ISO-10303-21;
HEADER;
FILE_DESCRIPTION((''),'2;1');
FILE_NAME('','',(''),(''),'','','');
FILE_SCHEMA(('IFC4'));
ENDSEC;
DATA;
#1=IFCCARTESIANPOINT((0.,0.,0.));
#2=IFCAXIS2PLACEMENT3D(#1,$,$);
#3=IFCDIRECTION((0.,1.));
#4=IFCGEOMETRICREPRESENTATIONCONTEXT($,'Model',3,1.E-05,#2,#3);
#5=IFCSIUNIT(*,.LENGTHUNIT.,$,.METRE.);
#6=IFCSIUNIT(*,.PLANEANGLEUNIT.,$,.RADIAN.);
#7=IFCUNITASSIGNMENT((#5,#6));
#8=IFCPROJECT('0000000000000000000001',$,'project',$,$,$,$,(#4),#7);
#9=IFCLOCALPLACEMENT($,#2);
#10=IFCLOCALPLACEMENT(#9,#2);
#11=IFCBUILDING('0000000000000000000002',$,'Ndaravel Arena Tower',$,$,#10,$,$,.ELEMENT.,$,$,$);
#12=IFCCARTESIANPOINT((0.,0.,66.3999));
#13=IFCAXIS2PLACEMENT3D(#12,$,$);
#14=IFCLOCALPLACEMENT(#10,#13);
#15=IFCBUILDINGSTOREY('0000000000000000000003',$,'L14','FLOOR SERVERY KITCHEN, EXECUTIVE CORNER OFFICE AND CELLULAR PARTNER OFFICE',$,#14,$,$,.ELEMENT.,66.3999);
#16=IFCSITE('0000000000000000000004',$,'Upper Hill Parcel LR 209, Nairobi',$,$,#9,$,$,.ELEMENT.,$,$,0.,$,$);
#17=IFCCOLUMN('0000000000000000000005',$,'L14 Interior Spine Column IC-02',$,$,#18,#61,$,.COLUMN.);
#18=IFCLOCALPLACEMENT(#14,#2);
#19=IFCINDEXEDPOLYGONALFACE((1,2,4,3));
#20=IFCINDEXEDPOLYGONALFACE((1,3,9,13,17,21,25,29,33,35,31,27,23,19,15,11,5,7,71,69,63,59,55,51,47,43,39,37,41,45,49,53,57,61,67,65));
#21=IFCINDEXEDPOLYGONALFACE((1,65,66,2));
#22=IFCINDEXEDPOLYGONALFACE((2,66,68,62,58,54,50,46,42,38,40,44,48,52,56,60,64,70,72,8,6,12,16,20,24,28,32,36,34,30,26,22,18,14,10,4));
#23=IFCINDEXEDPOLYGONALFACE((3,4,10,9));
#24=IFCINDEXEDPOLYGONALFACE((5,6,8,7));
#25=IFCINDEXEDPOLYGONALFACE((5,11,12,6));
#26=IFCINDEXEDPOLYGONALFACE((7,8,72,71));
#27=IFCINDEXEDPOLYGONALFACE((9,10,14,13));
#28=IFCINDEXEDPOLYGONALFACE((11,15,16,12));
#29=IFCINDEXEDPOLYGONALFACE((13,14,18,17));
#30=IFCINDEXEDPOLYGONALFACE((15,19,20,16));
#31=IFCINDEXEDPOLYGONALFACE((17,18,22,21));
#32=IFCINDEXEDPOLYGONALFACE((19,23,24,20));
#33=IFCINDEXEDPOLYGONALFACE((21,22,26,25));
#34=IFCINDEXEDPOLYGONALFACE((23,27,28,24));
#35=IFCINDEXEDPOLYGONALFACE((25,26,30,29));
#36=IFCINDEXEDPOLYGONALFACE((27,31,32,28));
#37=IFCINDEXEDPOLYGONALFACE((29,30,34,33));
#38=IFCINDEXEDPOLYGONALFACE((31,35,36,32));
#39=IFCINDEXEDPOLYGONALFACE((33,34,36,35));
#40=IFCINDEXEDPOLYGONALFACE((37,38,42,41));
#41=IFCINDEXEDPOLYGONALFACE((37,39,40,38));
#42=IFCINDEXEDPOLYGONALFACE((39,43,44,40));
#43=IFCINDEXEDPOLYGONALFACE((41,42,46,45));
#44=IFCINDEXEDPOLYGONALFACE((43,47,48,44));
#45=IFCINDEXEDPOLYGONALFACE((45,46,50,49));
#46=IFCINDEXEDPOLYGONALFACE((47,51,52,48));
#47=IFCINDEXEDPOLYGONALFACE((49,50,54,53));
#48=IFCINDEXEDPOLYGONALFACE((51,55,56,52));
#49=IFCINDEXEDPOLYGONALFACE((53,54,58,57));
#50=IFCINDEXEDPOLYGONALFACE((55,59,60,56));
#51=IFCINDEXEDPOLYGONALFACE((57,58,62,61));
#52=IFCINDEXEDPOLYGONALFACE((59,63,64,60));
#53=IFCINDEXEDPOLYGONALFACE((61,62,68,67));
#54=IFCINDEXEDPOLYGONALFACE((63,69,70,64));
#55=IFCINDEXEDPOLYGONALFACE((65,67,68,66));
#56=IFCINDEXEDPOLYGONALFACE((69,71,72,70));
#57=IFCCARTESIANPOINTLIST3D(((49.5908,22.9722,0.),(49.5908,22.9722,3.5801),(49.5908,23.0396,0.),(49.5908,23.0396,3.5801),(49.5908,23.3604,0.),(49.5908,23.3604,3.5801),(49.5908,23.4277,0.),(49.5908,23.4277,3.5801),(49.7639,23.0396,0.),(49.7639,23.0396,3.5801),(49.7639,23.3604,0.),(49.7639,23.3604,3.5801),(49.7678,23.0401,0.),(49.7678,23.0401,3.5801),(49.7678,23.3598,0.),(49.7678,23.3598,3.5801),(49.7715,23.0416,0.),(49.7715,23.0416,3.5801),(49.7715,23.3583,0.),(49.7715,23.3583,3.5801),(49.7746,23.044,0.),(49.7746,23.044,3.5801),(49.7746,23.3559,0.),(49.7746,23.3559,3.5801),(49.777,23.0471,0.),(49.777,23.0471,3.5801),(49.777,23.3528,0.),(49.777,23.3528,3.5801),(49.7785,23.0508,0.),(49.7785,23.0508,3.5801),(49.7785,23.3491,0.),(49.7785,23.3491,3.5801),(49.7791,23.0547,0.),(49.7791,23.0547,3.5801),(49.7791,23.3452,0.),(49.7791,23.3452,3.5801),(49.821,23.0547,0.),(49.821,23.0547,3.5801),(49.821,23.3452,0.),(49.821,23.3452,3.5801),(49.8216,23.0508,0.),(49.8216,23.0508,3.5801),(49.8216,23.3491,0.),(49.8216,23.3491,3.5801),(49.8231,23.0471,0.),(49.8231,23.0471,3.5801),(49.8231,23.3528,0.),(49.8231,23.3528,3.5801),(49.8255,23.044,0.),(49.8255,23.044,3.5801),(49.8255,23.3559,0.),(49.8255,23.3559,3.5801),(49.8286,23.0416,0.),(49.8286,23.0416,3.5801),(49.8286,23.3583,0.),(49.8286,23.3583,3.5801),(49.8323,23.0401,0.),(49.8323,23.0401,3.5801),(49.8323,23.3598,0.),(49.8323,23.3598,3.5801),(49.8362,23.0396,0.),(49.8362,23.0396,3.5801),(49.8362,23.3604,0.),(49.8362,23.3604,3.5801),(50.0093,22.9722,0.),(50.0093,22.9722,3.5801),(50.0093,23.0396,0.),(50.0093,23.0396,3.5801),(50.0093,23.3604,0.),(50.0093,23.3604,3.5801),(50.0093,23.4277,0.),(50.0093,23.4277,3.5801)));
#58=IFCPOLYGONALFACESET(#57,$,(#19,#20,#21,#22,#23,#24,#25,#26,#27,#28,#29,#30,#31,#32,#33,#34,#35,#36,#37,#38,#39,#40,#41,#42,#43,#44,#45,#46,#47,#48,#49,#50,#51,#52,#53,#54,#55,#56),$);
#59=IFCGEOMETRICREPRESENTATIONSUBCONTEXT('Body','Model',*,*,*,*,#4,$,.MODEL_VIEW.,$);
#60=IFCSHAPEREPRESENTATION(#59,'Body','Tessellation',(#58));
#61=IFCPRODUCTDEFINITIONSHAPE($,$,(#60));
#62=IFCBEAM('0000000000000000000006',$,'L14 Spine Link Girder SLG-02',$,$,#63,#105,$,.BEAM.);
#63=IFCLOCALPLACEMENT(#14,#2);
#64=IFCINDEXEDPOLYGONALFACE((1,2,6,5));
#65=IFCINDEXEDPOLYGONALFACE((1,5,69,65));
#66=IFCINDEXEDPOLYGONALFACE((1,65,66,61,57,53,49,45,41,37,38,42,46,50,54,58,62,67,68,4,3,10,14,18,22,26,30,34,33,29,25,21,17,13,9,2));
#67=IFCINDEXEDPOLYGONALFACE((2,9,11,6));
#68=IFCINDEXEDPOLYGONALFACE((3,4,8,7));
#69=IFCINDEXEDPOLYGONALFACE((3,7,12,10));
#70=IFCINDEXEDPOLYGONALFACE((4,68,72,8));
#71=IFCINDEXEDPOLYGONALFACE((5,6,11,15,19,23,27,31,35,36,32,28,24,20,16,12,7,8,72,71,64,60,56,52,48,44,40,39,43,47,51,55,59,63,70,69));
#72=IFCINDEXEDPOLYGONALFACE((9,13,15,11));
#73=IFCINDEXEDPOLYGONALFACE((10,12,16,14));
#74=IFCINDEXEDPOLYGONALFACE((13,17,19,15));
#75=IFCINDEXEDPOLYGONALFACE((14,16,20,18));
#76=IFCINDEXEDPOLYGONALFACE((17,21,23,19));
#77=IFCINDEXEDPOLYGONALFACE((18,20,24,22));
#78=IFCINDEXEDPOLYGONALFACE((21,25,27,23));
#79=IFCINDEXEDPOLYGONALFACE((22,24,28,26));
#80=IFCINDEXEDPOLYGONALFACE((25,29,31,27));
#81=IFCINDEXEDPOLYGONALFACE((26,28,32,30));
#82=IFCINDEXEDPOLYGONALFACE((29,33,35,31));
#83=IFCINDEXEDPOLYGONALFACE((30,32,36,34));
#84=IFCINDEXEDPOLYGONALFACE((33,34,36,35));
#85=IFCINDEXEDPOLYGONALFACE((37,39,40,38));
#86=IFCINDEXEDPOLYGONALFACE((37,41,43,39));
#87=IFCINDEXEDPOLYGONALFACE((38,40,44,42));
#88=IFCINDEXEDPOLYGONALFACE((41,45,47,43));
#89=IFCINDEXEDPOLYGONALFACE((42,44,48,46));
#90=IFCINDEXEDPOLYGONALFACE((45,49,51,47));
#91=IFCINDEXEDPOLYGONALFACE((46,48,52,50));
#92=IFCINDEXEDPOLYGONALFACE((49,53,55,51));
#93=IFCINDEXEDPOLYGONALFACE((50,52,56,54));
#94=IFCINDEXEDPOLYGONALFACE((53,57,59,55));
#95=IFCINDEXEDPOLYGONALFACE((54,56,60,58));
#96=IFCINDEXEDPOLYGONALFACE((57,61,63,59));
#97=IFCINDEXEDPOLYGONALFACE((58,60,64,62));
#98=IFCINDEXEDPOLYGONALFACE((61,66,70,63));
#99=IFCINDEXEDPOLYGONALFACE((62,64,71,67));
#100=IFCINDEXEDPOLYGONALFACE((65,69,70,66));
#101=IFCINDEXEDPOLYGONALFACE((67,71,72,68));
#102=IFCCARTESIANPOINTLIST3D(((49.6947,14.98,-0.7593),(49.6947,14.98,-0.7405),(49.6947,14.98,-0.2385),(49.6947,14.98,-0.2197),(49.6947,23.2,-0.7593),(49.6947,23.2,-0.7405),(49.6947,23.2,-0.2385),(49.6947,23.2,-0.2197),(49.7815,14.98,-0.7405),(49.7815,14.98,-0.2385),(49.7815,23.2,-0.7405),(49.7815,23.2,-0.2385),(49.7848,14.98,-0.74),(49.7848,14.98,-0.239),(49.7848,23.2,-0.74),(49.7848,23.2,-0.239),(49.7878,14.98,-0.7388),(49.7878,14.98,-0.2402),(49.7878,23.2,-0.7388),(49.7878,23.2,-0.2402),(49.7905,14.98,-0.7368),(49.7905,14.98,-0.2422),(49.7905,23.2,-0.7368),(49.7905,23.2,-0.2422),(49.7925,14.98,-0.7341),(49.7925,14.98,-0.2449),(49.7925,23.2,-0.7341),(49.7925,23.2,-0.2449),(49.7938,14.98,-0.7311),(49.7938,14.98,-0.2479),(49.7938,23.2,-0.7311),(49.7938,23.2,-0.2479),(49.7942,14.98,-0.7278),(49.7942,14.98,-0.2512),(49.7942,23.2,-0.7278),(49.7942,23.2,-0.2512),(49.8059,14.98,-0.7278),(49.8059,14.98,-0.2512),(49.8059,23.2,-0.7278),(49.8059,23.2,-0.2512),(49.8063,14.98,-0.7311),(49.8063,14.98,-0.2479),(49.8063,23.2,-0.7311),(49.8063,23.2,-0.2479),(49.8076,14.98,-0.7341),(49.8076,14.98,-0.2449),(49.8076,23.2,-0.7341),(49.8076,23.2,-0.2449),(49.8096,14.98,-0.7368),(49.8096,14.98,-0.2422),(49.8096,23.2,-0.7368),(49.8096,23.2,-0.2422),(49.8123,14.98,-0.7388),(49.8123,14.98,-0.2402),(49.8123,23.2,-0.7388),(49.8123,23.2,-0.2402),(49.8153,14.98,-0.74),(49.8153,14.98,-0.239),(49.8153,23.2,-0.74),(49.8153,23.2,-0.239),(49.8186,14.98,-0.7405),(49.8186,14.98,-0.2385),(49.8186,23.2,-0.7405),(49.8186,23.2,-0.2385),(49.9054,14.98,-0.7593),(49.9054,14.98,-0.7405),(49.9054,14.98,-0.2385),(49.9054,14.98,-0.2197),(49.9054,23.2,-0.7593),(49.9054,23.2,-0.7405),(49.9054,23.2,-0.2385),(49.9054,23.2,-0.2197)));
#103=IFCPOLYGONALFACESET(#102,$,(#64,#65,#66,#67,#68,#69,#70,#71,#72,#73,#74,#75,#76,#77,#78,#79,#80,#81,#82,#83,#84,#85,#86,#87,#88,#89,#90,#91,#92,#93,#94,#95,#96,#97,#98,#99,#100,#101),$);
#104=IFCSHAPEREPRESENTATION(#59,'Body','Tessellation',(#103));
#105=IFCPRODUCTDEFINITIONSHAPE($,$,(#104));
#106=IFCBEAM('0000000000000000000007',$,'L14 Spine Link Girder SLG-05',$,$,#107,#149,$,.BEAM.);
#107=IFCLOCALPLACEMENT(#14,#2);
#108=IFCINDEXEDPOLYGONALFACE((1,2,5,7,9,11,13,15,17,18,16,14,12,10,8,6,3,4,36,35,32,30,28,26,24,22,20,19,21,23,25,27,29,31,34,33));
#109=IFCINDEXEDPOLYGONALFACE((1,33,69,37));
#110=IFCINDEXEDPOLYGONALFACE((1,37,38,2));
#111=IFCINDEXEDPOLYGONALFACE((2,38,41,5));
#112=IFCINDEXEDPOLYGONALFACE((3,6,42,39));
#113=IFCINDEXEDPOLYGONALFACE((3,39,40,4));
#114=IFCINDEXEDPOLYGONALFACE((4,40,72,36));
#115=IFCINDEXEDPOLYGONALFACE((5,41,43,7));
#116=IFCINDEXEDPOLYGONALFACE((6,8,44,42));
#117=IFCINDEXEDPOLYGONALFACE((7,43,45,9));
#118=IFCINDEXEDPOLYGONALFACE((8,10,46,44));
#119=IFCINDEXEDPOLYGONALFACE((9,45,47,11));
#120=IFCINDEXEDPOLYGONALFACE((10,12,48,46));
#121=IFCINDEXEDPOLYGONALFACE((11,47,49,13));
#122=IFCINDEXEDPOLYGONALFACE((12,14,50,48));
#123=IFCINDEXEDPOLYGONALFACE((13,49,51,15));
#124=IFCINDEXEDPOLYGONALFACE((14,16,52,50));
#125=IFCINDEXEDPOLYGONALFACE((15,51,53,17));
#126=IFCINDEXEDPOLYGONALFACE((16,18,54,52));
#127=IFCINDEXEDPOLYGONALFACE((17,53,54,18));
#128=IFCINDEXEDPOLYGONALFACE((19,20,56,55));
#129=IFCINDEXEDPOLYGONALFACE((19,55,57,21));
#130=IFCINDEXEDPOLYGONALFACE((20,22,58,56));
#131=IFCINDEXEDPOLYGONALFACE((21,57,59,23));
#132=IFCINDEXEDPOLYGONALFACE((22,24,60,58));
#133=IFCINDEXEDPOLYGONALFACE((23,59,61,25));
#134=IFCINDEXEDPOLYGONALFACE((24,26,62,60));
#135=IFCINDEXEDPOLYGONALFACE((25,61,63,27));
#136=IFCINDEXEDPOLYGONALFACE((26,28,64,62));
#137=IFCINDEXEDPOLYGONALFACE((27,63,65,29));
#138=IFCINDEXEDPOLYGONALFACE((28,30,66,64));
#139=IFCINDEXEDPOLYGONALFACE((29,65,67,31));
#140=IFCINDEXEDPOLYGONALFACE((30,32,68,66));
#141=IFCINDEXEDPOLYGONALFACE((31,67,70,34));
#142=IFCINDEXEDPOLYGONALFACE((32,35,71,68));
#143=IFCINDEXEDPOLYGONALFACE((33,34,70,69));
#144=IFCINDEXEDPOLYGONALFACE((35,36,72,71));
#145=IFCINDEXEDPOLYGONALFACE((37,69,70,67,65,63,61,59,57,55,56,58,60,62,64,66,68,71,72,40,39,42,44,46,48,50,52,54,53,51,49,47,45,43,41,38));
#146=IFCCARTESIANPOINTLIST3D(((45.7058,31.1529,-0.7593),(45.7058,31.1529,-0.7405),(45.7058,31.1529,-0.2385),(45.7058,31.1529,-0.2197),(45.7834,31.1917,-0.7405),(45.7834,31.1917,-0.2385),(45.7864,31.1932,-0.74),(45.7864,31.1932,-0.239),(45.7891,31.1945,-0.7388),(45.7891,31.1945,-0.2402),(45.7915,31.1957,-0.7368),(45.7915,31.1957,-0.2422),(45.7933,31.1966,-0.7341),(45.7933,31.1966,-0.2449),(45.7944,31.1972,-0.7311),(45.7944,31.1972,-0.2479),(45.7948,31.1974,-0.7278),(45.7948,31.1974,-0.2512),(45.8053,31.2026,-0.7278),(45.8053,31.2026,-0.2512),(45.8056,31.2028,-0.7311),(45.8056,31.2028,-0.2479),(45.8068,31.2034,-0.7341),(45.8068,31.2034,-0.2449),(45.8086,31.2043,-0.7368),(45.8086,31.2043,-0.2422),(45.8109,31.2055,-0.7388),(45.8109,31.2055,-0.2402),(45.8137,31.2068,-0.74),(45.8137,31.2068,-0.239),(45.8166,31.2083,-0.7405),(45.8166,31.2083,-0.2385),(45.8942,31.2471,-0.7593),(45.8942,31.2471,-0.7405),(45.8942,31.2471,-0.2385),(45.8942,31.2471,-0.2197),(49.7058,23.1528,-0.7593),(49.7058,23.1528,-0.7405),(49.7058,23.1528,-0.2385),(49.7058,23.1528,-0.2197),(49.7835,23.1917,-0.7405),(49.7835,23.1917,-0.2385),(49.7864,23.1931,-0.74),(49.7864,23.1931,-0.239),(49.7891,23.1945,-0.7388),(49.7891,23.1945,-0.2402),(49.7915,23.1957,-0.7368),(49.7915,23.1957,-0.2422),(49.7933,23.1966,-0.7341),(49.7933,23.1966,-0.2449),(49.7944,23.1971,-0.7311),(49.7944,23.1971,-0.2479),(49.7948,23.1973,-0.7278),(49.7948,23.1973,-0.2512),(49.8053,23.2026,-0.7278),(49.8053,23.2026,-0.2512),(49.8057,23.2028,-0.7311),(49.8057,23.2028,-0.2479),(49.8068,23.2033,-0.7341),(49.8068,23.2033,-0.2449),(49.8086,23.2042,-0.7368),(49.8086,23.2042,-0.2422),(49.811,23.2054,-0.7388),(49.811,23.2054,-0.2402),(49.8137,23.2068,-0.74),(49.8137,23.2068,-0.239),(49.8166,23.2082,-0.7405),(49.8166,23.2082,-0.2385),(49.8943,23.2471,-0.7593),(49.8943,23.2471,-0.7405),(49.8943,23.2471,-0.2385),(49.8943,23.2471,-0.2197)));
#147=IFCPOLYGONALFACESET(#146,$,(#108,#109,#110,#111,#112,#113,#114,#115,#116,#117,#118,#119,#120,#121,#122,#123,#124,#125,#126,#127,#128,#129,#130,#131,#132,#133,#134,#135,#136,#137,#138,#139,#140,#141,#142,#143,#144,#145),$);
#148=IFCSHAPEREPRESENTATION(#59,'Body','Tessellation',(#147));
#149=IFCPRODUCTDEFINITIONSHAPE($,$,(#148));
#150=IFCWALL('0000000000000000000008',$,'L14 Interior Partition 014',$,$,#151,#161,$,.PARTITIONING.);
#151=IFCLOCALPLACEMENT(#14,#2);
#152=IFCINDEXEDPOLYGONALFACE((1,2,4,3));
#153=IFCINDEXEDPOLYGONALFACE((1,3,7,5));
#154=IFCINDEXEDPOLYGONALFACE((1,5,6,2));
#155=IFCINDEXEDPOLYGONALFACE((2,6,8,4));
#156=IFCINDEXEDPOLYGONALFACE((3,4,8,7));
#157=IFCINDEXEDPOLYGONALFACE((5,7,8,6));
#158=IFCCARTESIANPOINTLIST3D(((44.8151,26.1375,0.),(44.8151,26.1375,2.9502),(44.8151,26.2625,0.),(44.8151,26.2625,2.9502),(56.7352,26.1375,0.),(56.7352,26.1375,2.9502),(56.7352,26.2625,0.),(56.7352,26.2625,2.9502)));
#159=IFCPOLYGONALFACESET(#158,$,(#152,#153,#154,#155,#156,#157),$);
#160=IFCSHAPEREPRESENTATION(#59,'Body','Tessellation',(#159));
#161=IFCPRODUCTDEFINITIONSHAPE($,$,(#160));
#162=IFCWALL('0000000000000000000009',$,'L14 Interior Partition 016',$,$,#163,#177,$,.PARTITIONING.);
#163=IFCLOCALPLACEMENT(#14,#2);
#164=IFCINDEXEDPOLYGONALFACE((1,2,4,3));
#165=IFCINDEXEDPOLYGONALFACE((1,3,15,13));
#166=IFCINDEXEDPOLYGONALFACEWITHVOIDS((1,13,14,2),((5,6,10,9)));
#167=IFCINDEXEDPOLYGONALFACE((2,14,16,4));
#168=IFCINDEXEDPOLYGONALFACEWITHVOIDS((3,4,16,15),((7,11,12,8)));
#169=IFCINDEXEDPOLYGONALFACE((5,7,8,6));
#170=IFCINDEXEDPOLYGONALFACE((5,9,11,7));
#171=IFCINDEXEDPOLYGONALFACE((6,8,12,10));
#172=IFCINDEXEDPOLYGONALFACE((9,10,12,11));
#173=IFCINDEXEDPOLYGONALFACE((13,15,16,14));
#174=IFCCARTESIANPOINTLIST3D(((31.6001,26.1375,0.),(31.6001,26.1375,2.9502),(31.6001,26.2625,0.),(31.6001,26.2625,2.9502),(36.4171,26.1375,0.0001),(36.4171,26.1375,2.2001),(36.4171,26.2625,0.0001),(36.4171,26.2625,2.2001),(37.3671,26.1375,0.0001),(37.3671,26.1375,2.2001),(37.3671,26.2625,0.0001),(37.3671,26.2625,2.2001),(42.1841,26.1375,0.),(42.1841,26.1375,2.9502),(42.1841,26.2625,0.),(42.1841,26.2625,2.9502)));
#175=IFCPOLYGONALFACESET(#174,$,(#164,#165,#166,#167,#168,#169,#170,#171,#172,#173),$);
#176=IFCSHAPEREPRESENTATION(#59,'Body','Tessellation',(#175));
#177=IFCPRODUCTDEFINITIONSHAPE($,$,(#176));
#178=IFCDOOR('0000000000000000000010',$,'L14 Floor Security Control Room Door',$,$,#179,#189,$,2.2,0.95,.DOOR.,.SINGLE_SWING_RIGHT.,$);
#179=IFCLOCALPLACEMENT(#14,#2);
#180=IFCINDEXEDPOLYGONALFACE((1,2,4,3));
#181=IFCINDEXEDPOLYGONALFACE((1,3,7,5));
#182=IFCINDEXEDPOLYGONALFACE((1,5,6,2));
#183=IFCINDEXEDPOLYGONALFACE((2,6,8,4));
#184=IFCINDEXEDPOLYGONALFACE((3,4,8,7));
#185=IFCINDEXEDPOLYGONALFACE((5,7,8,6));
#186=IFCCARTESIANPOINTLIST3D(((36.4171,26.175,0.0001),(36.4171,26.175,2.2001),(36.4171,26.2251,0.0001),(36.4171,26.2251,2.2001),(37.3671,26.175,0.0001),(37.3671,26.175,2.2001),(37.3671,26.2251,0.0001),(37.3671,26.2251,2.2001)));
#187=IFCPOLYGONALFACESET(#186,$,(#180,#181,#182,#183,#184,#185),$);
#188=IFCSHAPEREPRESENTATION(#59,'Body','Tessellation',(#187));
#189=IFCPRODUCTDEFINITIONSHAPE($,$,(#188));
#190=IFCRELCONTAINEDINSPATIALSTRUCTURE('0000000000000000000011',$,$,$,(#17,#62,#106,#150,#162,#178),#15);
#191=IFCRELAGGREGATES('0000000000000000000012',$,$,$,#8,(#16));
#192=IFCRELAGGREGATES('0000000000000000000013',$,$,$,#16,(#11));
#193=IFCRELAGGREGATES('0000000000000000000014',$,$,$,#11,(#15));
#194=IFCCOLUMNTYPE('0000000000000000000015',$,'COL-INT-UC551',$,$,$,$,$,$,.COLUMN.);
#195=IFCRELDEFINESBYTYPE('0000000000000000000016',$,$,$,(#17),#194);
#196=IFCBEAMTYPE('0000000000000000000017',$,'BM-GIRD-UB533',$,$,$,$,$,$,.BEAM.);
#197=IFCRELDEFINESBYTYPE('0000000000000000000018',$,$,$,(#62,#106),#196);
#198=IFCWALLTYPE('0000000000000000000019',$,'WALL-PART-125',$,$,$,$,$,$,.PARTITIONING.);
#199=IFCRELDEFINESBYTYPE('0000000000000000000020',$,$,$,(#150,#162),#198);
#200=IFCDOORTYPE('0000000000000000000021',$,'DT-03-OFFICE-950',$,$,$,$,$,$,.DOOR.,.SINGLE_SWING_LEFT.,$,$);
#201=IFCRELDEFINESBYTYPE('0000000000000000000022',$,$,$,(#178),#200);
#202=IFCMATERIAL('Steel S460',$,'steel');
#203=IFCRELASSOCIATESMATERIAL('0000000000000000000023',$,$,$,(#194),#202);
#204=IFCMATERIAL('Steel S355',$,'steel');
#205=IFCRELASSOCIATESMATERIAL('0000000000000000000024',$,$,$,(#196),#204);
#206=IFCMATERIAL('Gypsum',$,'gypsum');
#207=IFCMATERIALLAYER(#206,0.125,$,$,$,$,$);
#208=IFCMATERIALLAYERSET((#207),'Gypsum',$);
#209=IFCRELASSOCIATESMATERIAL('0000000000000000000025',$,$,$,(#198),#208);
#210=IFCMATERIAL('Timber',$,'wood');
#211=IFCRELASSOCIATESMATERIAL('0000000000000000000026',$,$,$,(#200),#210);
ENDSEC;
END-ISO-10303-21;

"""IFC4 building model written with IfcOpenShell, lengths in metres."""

from ifc_helpers import new_model, si_unit, direction, frame, frame_2d, origin, origin_2d, place, context, subcontext, project, spatial, rectangle, i_section, extrude, material, layer, layer_set, material_profile, profile_set, type_object, element, fill, save


model = new_model("IFC4")

# Units and contexts
model_context = context("Model", 3, precision=1e-05, world=origin(), true_north=direction((0.0, 1.0)))
body_context = subcontext(model_context, "Body", "Model", "MODEL_VIEW")
ifc_project = project(units=[si_unit("LENGTHUNIT", "METRE"), si_unit("PLANEANGLEUNIT", "RADIAN")], contexts=[model_context])

# Site, building, storey
site_placement = place(None, origin())
site = spatial("IfcSite", under=ifc_project, at=site_placement, Name="Upper Hill Parcel LR 209, Nairobi", CompositionType="ELEMENT", RefElevation=0.0)
building_placement = place(site_placement, origin())
building = spatial("IfcBuilding", under=site, at=building_placement, Name="Ndaravel Arena Tower", CompositionType="ELEMENT")
storey_placement = place(building_placement, frame((0.0, 0.0, 66.3999)))
storey = spatial("IfcBuildingStorey", under=building, at=storey_placement, Name="L14", Description="FLOOR SERVERY KITCHEN, EXECUTIVE CORNER OFFICE AND CELLULAR PARTNER OFFICE", CompositionType="ELEMENT", Elevation=66.3999)

# Column
ifc_material_1 = material(Name="Steel S460", Category="steel")
ifc_material_profile_1 = material_profile(ifc_material_1, i_section(OverallWidth=0.4185, OverallDepth=0.4556, WebThickness=0.042, FlangeThickness=0.0674, FilletRadius=0.0151, at=origin_2d()), Name="UC 356x406x551")
ifc_profile_set_1 = profile_set([ifc_material_profile_1], Name="Steel S460")
column_type = type_object("IfcColumnType", Name="COL-INT-UC551", PredefinedType="COLUMN", material=ifc_profile_set_1)
column_placement = place(storey_placement, frame((49.8, 23.2, 0.0), z_axis=(0.0, 0.0, 1.0), x_axis=(1.0, 0.0, 0.0)))
element("IfcColumn", 1, at=column_placement, inside=storey, type_object=column_type, Name="L14 Interior Spine Column IC-02", PredefinedType="COLUMN", context=body_context, shape_type="SweptSolid", body=[
    extrude(i_section(OverallWidth=0.4185, OverallDepth=0.4556, WebThickness=0.042, FlangeThickness=0.0674, FilletRadius=0.0151, at=origin_2d()), origin(), (0.0, 0.0, 1.0), 3.5801),
])

# Beams
ifc_material_2 = material(Name="Steel S355", Category="steel")
ifc_material_profile_2 = material_profile(ifc_material_2, i_section(OverallWidth=0.2107, OverallDepth=0.5396, WebThickness=0.0117, FlangeThickness=0.0188, FilletRadius=0.0127, at=origin_2d()), Name="UB 533x210x109")
ifc_profile_set_2 = profile_set([ifc_material_profile_2], Name="Steel S355")
beam_type = type_object("IfcBeamType", Name="BM-GIRD-UB533", PredefinedType="BEAM", material=ifc_profile_set_2)
beam_1_placement = place(storey_placement, frame((49.8, 14.98, -0.4895), z_axis=(0.0, 1.0, 0.0), x_axis=(-1.0, 0.0, 0.0)))
element("IfcBeam", 2, at=beam_1_placement, inside=storey, type_object=beam_type, Name="L14 Spine Link Girder SLG-02", PredefinedType="BEAM", context=body_context, shape_type="SweptSolid", body=[
    extrude(i_section(OverallWidth=0.2107, OverallDepth=0.5396, WebThickness=0.0117, FlangeThickness=0.0188, FilletRadius=0.0127, at=origin_2d()), origin(), (0.0, 0.0, 1.0), 8.22),
])
beam_2_placement = place(storey_placement, frame((49.8, 23.2, -0.4895), z_axis=(-0.447214, 0.894427, 0.0), x_axis=(-0.894427, -0.447214, 0.0)))
element("IfcBeam", 3, at=beam_2_placement, inside=storey, type_object=beam_type, Name="L14 Spine Link Girder SLG-05", PredefinedType="BEAM", context=body_context, shape_type="SweptSolid", body=[
    extrude(i_section(OverallWidth=0.2107, OverallDepth=0.5396, WebThickness=0.0117, FlangeThickness=0.0188, FilletRadius=0.0127, at=origin_2d()), origin(), (0.0, 0.0, 1.0), 8.9443),
])

# Wall
ifc_material_3 = material(Name="Gypsum", Category="gypsum")
ifc_layer_1 = layer(ifc_material_3, 0.125)
ifc_layer_set_1 = layer_set([ifc_layer_1], Name="Gypsum")
wall_type_1 = type_object("IfcWallType", Name="WALL-PART-125", PredefinedType="PARTITIONING", material=ifc_layer_set_1)
wall_1_placement = place(storey_placement, frame((56.7351, 26.2, 0.0), z_axis=(0.0, 0.0, 1.0), x_axis=(-1.0, 0.0, 0.0)))
element("IfcWall", 4, at=wall_1_placement, inside=storey, type_object=wall_type_1, Name="L14 Interior Partition 014", PredefinedType="PARTITIONING", context=body_context, shape_type="SweptSolid", body=[
    extrude(rectangle(XDim=11.9202, YDim=0.125, at=frame_2d((5.96, 0.0))), origin(), (0.0, 0.0, 1.0), 2.9502),
])

# Wall, opening, door
wall_2_placement = place(storey_placement, frame((42.1841, 26.2, 0.0), z_axis=(0.0, 0.0, 1.0), x_axis=(-1.0, 0.0, 0.0)))
wall_2 = element("IfcWall", 5, at=wall_2_placement, inside=storey, type_object=wall_type_1, Name="L14 Interior Partition 016", PredefinedType="PARTITIONING", context=body_context, shape_type="SweptSolid", body=[
    extrude(rectangle(XDim=10.584, YDim=0.125, at=frame_2d((5.292, 0.0))), origin(), (0.0, 0.0, 1.0), 2.9502),
])
opening_1_placement = place(wall_2_placement, frame((4.8169, 0.0, 0.0)))
opening_1 = element("IfcOpeningElement", 6, at=opening_1_placement, cuts=wall_2, PredefinedType="OPENING", context=body_context, shape_type="SweptSolid", body=[
    extrude(rectangle(XDim=0.95, YDim=2.2, at=frame_2d((0.4751, 1.1001))), frame((0.0, 0.0625, 0.0), z_axis=(0.0, -1.0, 0.0), x_axis=(1.0, 0.0, 0.0)), (0.0, 0.0, 1.0), 0.125),
])
ifc_material_4 = material(Name="Timber", Category="wood")
door_type_1 = type_object("IfcDoorType", Name="DT-03-OFFICE-950", OperationType="SINGLE_SWING_LEFT", PredefinedType="DOOR", material=ifc_material_4)
door_1_placement = place(opening_1_placement, origin())
door_1 = element("IfcDoor", 7, at=door_1_placement, inside=storey, type_object=door_type_1, Name="L14 Floor Security Control Room Door", OperationType="SINGLE_SWING_RIGHT", OverallHeight=2.2, OverallWidth=0.95, PredefinedType="DOOR", context=body_context, shape_type="SweptSolid", body=[
    extrude(rectangle(XDim=0.95, YDim=2.2, at=frame_2d((0.4751, 1.1001))), frame((0.0, 0.0249, 0.0), z_axis=(0.0, -1.0, 0.0), x_axis=(1.0, 0.0, 0.0)), (0.0, 0.0, 1.0), 0.05),
])
fill(opening_1, door_1)

save(model, "model.ifc")
